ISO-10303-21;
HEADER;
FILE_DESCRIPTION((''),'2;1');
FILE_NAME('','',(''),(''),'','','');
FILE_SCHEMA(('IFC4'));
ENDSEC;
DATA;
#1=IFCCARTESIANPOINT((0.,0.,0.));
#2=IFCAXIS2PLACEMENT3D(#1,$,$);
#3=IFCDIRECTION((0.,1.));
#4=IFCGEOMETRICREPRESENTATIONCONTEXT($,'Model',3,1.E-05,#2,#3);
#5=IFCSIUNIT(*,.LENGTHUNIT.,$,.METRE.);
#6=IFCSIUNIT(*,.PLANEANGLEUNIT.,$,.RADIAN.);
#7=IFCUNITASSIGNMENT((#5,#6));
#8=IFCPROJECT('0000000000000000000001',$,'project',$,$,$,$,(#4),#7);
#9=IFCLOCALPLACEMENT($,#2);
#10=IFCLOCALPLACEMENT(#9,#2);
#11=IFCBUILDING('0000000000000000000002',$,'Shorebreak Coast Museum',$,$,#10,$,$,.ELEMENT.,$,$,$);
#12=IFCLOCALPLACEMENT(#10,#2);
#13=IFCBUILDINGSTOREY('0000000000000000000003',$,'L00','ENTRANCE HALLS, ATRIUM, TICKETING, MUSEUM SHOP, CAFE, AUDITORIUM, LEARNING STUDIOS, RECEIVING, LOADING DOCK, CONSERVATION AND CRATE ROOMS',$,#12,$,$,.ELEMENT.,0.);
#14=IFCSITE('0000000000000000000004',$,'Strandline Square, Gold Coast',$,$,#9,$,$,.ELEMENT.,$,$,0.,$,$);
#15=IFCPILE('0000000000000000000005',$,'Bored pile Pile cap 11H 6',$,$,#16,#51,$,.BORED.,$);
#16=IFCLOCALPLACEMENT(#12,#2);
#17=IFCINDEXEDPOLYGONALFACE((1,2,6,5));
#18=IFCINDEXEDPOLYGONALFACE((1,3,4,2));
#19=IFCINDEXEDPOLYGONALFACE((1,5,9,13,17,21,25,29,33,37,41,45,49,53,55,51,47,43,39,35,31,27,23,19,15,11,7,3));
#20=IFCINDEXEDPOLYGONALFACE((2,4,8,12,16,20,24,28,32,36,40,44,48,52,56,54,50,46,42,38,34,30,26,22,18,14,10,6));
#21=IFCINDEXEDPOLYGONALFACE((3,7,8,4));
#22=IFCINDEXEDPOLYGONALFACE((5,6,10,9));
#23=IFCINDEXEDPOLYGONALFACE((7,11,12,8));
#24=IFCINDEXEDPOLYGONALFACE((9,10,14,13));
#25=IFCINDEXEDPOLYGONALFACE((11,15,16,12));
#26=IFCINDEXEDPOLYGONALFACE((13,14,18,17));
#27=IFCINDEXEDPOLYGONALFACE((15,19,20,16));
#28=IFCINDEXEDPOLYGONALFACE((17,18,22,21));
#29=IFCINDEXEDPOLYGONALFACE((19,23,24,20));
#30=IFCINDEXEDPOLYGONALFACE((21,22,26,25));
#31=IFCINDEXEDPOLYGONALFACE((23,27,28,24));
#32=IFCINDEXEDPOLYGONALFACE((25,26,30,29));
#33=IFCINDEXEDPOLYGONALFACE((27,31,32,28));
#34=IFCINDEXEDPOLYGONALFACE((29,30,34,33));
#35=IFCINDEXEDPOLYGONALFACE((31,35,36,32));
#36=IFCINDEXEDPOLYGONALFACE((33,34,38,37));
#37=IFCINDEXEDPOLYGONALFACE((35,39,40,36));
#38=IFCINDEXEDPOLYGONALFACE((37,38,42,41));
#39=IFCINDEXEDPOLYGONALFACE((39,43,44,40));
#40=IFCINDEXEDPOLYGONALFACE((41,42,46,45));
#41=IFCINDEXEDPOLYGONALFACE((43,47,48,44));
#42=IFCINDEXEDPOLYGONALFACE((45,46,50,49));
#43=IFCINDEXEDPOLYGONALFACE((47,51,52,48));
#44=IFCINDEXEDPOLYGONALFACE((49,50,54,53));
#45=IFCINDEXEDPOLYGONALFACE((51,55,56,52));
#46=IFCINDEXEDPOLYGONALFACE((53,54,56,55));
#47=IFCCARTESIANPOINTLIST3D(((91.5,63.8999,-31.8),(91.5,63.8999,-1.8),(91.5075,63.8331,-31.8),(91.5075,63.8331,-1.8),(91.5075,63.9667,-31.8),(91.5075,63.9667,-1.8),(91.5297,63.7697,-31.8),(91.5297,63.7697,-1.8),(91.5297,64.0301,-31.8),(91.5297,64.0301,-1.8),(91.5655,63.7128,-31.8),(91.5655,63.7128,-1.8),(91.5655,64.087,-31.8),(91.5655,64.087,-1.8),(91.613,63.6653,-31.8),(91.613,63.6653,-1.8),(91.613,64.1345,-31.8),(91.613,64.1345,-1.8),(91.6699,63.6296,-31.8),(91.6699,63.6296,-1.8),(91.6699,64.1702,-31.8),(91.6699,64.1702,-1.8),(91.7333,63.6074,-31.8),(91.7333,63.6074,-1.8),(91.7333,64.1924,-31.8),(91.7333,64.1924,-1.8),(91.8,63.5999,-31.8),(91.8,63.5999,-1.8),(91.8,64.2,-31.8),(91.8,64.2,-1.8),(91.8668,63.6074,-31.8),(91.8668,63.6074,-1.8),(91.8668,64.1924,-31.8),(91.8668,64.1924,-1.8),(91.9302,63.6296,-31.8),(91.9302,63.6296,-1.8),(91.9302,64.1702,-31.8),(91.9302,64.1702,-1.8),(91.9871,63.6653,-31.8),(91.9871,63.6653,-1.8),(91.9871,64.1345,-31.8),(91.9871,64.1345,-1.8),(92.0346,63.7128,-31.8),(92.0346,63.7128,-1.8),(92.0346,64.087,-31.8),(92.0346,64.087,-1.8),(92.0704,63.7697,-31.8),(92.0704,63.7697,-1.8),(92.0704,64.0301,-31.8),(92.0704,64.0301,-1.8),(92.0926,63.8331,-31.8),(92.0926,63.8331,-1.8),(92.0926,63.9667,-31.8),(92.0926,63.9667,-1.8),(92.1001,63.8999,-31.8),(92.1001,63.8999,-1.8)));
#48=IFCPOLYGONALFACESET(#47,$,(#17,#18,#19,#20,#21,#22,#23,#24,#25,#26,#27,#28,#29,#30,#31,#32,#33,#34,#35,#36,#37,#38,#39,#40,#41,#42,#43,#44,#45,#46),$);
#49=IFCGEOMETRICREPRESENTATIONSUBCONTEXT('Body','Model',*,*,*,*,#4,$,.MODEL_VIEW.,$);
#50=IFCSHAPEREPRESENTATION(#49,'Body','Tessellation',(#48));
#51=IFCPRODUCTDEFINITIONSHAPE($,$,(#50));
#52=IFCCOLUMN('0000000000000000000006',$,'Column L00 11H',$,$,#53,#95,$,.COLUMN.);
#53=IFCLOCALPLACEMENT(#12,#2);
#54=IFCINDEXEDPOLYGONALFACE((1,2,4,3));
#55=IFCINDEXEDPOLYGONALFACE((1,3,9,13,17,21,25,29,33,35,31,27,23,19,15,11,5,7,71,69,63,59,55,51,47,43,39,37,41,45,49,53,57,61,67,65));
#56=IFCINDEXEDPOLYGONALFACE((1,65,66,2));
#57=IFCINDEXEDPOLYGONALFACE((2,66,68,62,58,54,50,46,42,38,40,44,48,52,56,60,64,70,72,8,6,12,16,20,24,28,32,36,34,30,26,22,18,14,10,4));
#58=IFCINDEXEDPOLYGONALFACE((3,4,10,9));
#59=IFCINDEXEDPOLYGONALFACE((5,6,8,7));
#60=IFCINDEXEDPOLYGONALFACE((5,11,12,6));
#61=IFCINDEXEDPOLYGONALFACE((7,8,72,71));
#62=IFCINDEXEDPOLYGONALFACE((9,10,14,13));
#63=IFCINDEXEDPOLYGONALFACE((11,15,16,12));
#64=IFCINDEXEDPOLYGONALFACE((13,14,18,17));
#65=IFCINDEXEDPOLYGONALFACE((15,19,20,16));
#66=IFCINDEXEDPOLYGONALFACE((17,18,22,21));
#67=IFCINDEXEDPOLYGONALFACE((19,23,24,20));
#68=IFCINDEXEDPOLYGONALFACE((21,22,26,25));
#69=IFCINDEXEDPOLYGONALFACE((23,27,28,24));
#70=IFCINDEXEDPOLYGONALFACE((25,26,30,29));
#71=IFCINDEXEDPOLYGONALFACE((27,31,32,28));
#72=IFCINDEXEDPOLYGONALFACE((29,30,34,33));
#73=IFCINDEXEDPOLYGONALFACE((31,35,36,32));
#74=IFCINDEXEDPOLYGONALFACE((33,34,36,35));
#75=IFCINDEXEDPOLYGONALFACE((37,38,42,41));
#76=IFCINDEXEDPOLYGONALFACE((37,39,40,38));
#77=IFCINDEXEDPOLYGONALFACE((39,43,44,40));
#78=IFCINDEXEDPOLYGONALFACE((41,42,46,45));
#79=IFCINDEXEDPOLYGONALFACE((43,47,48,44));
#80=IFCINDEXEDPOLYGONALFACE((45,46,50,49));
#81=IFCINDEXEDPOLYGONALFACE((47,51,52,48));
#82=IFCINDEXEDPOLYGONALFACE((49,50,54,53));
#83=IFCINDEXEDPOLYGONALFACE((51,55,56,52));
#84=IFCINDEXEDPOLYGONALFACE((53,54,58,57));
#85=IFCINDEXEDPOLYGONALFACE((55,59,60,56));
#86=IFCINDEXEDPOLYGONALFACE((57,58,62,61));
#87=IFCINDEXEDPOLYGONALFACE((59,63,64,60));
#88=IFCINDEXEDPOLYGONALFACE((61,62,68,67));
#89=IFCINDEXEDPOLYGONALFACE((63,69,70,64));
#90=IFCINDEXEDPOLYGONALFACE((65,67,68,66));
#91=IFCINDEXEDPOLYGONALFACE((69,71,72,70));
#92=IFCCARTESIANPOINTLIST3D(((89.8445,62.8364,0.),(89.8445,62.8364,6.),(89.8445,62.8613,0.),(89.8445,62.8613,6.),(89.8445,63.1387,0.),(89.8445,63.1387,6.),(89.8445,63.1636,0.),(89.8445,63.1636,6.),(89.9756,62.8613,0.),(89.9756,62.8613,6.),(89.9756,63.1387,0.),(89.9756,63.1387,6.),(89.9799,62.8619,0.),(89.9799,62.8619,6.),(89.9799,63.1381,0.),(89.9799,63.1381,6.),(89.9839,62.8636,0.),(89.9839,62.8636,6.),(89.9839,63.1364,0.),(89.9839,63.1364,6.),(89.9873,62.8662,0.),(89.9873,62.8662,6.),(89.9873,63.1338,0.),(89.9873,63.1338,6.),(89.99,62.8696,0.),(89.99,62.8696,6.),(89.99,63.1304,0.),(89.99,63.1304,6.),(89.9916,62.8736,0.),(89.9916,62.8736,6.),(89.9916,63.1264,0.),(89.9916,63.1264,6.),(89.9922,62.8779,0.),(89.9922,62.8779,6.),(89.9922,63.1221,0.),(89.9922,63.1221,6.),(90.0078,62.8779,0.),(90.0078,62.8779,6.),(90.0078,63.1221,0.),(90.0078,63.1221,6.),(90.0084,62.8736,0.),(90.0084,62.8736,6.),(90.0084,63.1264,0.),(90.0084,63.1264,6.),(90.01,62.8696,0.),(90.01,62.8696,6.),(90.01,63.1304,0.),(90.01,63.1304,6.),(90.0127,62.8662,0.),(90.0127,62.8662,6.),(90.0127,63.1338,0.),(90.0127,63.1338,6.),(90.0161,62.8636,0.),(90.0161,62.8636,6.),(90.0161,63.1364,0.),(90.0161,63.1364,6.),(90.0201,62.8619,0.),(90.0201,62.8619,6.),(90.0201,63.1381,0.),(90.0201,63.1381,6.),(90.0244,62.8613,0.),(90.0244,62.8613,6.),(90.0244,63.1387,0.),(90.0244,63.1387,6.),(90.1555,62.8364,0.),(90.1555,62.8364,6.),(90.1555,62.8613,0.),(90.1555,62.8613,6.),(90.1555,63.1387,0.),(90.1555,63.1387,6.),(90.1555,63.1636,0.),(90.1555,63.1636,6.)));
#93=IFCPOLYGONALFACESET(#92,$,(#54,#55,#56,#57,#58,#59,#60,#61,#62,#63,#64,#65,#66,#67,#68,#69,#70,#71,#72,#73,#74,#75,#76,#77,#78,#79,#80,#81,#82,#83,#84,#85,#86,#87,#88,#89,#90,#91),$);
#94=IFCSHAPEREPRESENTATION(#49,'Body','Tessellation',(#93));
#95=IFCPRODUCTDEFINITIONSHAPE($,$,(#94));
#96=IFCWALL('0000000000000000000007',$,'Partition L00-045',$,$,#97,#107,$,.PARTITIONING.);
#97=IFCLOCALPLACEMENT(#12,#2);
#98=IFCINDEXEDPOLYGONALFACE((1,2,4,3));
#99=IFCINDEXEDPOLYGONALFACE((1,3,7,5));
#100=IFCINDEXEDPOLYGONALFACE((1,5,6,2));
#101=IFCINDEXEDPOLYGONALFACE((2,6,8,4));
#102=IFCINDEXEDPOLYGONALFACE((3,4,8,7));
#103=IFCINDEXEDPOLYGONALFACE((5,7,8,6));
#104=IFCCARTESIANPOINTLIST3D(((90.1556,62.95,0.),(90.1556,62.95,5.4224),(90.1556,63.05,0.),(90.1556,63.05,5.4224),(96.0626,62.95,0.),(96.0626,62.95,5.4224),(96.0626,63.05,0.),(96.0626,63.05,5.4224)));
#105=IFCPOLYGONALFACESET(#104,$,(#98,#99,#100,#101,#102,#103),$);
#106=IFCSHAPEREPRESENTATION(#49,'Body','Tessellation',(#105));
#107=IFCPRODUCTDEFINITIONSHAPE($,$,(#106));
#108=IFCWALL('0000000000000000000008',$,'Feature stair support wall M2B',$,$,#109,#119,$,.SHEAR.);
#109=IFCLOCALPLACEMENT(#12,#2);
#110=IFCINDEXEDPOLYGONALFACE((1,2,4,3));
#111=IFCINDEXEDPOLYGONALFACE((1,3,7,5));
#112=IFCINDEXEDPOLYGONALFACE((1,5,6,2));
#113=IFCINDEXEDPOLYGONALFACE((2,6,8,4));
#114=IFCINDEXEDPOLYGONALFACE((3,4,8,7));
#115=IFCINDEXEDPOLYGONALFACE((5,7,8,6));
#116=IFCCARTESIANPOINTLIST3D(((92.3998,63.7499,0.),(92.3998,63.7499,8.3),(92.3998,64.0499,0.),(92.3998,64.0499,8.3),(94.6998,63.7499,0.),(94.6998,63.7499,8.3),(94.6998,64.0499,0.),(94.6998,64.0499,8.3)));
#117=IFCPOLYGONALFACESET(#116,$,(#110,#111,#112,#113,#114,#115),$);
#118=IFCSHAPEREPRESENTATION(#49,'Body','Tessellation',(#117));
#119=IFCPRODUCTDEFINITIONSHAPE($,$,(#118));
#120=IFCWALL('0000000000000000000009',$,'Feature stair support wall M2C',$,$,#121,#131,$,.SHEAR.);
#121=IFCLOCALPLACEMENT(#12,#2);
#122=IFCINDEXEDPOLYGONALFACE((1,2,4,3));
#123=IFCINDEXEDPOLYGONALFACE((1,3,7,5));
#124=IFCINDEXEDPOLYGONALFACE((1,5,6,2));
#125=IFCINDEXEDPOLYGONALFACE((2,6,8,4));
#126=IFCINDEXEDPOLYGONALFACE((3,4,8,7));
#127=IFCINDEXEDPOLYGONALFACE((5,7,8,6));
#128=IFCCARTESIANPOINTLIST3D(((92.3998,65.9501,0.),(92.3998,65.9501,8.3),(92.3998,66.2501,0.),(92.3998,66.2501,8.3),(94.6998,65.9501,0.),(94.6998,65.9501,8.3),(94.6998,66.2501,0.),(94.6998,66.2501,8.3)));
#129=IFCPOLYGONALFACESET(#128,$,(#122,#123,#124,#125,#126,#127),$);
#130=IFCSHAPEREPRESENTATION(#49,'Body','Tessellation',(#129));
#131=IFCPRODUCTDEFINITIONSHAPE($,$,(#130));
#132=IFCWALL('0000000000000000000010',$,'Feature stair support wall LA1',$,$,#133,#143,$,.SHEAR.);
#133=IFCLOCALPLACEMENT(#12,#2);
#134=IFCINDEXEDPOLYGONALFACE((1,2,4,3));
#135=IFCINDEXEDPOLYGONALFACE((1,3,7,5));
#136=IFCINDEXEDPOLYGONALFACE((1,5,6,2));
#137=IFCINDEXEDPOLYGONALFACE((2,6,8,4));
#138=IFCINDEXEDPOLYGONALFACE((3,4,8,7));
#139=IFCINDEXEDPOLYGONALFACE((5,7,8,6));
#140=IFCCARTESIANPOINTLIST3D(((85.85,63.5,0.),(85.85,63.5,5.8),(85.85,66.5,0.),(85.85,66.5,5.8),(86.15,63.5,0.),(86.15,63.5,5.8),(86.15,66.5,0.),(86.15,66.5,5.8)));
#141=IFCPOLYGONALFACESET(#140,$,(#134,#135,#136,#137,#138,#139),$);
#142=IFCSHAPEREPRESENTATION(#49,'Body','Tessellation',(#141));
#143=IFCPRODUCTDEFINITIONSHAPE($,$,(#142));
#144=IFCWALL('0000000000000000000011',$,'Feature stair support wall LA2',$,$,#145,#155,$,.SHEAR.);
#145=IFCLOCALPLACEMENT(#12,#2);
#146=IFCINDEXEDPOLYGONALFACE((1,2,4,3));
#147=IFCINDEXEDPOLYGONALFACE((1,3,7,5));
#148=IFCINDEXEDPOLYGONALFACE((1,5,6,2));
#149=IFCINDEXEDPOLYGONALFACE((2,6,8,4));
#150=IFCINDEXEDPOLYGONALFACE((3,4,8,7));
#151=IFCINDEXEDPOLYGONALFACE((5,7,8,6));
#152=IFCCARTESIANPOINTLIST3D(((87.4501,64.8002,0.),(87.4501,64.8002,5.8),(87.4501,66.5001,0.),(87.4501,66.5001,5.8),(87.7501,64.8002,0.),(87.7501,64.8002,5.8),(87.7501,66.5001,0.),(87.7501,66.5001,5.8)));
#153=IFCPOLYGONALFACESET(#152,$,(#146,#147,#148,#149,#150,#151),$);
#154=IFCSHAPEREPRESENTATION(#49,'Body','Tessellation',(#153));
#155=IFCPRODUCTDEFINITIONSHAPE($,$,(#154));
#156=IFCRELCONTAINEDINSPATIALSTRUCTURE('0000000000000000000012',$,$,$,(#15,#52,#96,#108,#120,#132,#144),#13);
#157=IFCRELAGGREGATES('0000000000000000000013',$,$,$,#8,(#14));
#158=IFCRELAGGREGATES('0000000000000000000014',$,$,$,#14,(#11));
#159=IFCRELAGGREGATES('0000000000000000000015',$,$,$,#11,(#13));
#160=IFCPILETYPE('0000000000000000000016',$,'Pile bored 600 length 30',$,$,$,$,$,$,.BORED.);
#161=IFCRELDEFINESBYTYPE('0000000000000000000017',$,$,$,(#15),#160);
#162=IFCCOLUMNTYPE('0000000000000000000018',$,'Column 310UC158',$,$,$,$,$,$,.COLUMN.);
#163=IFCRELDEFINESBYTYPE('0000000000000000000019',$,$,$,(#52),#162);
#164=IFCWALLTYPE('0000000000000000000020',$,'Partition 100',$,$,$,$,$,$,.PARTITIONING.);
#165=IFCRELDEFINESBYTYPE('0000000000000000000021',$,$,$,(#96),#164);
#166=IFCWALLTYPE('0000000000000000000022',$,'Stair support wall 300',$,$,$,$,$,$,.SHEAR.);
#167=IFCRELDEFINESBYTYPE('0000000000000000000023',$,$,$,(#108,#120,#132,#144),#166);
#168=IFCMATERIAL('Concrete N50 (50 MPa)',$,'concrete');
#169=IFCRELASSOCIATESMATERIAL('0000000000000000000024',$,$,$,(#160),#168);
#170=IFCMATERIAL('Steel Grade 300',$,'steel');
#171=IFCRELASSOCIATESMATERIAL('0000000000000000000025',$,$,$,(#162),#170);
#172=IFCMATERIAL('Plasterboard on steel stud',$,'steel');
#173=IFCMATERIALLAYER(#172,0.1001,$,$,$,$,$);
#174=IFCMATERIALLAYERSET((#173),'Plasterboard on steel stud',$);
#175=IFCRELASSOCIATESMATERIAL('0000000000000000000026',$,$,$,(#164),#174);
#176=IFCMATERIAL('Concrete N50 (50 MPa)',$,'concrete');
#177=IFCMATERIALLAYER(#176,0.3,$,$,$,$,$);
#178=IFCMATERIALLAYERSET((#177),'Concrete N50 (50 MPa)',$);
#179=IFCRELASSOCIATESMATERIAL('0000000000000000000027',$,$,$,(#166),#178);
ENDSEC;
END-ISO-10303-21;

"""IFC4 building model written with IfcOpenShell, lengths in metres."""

from ifc_helpers import new_model, si_unit, direction, frame, frame_2d, origin, origin_2d, place, context, subcontext, project, spatial, rectangle, circle, i_section, extrude, material, layer, layer_set, material_profile, profile_set, type_object, element, save


model = new_model("IFC4")

# Units and contexts
model_context = context("Model", 3, precision=1e-05, world=origin(), true_north=direction((0.0, 1.0)))
body_context = subcontext(model_context, "Body", "Model", "MODEL_VIEW")
ifc_project = project(units=[si_unit("LENGTHUNIT", "METRE"), si_unit("PLANEANGLEUNIT", "RADIAN")], contexts=[model_context])

# Site, building, storey
site_placement = place(None, origin())
site = spatial("IfcSite", under=ifc_project, at=site_placement, Name="Strandline Square, Gold Coast", CompositionType="ELEMENT", RefElevation=0.0)
building_placement = place(site_placement, origin())
building = spatial("IfcBuilding", under=site, at=building_placement, Name="Shorebreak Coast Museum", CompositionType="ELEMENT")
storey_placement = place(building_placement, origin())
storey = spatial("IfcBuildingStorey", under=building, at=storey_placement, Name="L00", Description="ENTRANCE HALLS, ATRIUM, TICKETING, MUSEUM SHOP, CAFE, AUDITORIUM, LEARNING STUDIOS, RECEIVING, LOADING DOCK, CONSERVATION AND CRATE ROOMS", CompositionType="ELEMENT", Elevation=0.0)

# Pile
ifc_material_1 = material(Name="Concrete N50 (50 MPa)", Category="concrete")
ifc_material_profile_1 = material_profile(ifc_material_1, circle(Radius=0.3, at=origin_2d()), Name="Pile bored 600 length 30")
ifc_profile_set_1 = profile_set([ifc_material_profile_1], Name="Concrete N50 (50 MPa)")
pile_type_1 = type_object("IfcPileType", Name="Pile bored 600 length 30", PredefinedType="BORED", material=ifc_profile_set_1)
for number, where, z_axis, x_axis, name in (
    (1, (91.8, 63.8999, -1.8), (0.0, 0.0, -1.0), (1.0, 0.0, 0.0), "Bored pile Pile cap 11H 6"),
):
    element("IfcPile", number, at=place(storey_placement, frame(where, z_axis=z_axis, x_axis=x_axis)), inside=storey, type_object=pile_type_1, Name=name, PredefinedType="BORED", context=body_context, shape_type="SweptSolid", body=[
        extrude(circle(Radius=0.3, at=origin_2d()), origin(), (0.0, 0.0, 1.0), 30.0),
    ])

# Column
ifc_material_2 = material(Name="Steel Grade 300", Category="steel")
ifc_material_profile_2 = material_profile(ifc_material_2, i_section(OverallWidth=0.311, OverallDepth=0.3271, WebThickness=0.0156, FlangeThickness=0.0249, FilletRadius=0.0166, at=origin_2d()), Name="310UC158")
ifc_profile_set_2 = profile_set([ifc_material_profile_2], Name="Steel Grade 300")
column_type = type_object("IfcColumnType", Name="Column 310UC158", PredefinedType="COLUMN", material=ifc_profile_set_2)
column_placement = place(storey_placement, frame((90.0, 63.0, 0.0), z_axis=(0.0, 0.0, 1.0), x_axis=(1.0, 0.0, 0.0)))
element("IfcColumn", 2, at=column_placement, inside=storey, type_object=column_type, Name="Column L00 11H", PredefinedType="COLUMN", context=body_context, shape_type="SweptSolid", body=[
    extrude(i_section(OverallWidth=0.311, OverallDepth=0.3271, WebThickness=0.0156, FlangeThickness=0.0249, FilletRadius=0.0166, at=origin_2d()), origin(), (0.0, 0.0, 1.0), 6.0),
])

# Walls
ifc_material_3 = material(Name="Plasterboard on steel stud", Category="steel")
ifc_layer_1 = layer(ifc_material_3, 0.1001)
ifc_layer_set_1 = layer_set([ifc_layer_1], Name="Plasterboard on steel stud")
wall_type_1 = type_object("IfcWallType", Name="Partition 100", PredefinedType="PARTITIONING", material=ifc_layer_set_1)
wall_1_placement = place(storey_placement, frame((90.1555, 63.0, 0.0), z_axis=(0.0, 0.0, 1.0), x_axis=(1.0, 0.0, 0.0)))
element("IfcWall", 3, at=wall_1_placement, inside=storey, type_object=wall_type_1, Name="Partition L00-045", PredefinedType="PARTITIONING", context=body_context, shape_type="SweptSolid", body=[
    extrude(rectangle(XDim=5.907, YDim=0.1001, at=frame_2d((2.9536, 0.0))), origin(), (0.0, 0.0, 1.0), 5.4224),
])
ifc_material_4 = material(Name="Concrete N50 (50 MPa)", Category="concrete")
ifc_layer_2 = layer(ifc_material_4, 0.3)
ifc_layer_set_2 = layer_set([ifc_layer_2], Name="Concrete N50 (50 MPa)")
wall_type_2 = type_object("IfcWallType", Name="Stair support wall 300", PredefinedType="SHEAR", material=ifc_layer_set_2)
for number, where, z_axis, x_axis, name in (
    (4, (92.3999, 63.8999, 0.0), (0.0, 0.0, 1.0), (1.0, 0.0, 0.0), "Feature stair support wall M2B"),
    (5, (92.3999, 66.1001, 0.0), (0.0, 0.0, 1.0), (1.0, 0.0, 0.0), "Feature stair support wall M2C"),
):
    element("IfcWall", number, at=place(storey_placement, frame(where, z_axis=z_axis, x_axis=x_axis)), inside=storey, type_object=wall_type_2, Name=name, PredefinedType="SHEAR", context=body_context, shape_type="SweptSolid", body=[
        extrude(rectangle(XDim=2.3, YDim=0.3, at=frame_2d((1.1499, 0.0))), origin(), (0.0, 0.0, 1.0), 8.3),
    ])
wall_2_placement = place(storey_placement, frame((86.0, 63.5, 0.0), z_axis=(0.0, 0.0, 1.0), x_axis=(0.0, 1.0, 0.0)))
element("IfcWall", 6, at=wall_2_placement, inside=storey, type_object=wall_type_2, Name="Feature stair support wall LA1", PredefinedType="SHEAR", context=body_context, shape_type="SweptSolid", body=[
    extrude(rectangle(XDim=3.0, YDim=0.3, at=frame_2d((1.5, 0.0))), origin(), (0.0, 0.0, 1.0), 5.8),
])
wall_3_placement = place(storey_placement, frame((87.6001, 64.8, 0.0), z_axis=(0.0, 0.0, 1.0), x_axis=(0.0, 1.0, 0.0)))
element("IfcWall", 7, at=wall_3_placement, inside=storey, type_object=wall_type_2, Name="Feature stair support wall LA2", PredefinedType="SHEAR", context=body_context, shape_type="SweptSolid", body=[
    extrude(rectangle(XDim=1.7, YDim=0.3, at=frame_2d((0.8501, 0.0))), origin(), (0.0, 0.0, 1.0), 5.8),
])

save(model, "model.ifc")
